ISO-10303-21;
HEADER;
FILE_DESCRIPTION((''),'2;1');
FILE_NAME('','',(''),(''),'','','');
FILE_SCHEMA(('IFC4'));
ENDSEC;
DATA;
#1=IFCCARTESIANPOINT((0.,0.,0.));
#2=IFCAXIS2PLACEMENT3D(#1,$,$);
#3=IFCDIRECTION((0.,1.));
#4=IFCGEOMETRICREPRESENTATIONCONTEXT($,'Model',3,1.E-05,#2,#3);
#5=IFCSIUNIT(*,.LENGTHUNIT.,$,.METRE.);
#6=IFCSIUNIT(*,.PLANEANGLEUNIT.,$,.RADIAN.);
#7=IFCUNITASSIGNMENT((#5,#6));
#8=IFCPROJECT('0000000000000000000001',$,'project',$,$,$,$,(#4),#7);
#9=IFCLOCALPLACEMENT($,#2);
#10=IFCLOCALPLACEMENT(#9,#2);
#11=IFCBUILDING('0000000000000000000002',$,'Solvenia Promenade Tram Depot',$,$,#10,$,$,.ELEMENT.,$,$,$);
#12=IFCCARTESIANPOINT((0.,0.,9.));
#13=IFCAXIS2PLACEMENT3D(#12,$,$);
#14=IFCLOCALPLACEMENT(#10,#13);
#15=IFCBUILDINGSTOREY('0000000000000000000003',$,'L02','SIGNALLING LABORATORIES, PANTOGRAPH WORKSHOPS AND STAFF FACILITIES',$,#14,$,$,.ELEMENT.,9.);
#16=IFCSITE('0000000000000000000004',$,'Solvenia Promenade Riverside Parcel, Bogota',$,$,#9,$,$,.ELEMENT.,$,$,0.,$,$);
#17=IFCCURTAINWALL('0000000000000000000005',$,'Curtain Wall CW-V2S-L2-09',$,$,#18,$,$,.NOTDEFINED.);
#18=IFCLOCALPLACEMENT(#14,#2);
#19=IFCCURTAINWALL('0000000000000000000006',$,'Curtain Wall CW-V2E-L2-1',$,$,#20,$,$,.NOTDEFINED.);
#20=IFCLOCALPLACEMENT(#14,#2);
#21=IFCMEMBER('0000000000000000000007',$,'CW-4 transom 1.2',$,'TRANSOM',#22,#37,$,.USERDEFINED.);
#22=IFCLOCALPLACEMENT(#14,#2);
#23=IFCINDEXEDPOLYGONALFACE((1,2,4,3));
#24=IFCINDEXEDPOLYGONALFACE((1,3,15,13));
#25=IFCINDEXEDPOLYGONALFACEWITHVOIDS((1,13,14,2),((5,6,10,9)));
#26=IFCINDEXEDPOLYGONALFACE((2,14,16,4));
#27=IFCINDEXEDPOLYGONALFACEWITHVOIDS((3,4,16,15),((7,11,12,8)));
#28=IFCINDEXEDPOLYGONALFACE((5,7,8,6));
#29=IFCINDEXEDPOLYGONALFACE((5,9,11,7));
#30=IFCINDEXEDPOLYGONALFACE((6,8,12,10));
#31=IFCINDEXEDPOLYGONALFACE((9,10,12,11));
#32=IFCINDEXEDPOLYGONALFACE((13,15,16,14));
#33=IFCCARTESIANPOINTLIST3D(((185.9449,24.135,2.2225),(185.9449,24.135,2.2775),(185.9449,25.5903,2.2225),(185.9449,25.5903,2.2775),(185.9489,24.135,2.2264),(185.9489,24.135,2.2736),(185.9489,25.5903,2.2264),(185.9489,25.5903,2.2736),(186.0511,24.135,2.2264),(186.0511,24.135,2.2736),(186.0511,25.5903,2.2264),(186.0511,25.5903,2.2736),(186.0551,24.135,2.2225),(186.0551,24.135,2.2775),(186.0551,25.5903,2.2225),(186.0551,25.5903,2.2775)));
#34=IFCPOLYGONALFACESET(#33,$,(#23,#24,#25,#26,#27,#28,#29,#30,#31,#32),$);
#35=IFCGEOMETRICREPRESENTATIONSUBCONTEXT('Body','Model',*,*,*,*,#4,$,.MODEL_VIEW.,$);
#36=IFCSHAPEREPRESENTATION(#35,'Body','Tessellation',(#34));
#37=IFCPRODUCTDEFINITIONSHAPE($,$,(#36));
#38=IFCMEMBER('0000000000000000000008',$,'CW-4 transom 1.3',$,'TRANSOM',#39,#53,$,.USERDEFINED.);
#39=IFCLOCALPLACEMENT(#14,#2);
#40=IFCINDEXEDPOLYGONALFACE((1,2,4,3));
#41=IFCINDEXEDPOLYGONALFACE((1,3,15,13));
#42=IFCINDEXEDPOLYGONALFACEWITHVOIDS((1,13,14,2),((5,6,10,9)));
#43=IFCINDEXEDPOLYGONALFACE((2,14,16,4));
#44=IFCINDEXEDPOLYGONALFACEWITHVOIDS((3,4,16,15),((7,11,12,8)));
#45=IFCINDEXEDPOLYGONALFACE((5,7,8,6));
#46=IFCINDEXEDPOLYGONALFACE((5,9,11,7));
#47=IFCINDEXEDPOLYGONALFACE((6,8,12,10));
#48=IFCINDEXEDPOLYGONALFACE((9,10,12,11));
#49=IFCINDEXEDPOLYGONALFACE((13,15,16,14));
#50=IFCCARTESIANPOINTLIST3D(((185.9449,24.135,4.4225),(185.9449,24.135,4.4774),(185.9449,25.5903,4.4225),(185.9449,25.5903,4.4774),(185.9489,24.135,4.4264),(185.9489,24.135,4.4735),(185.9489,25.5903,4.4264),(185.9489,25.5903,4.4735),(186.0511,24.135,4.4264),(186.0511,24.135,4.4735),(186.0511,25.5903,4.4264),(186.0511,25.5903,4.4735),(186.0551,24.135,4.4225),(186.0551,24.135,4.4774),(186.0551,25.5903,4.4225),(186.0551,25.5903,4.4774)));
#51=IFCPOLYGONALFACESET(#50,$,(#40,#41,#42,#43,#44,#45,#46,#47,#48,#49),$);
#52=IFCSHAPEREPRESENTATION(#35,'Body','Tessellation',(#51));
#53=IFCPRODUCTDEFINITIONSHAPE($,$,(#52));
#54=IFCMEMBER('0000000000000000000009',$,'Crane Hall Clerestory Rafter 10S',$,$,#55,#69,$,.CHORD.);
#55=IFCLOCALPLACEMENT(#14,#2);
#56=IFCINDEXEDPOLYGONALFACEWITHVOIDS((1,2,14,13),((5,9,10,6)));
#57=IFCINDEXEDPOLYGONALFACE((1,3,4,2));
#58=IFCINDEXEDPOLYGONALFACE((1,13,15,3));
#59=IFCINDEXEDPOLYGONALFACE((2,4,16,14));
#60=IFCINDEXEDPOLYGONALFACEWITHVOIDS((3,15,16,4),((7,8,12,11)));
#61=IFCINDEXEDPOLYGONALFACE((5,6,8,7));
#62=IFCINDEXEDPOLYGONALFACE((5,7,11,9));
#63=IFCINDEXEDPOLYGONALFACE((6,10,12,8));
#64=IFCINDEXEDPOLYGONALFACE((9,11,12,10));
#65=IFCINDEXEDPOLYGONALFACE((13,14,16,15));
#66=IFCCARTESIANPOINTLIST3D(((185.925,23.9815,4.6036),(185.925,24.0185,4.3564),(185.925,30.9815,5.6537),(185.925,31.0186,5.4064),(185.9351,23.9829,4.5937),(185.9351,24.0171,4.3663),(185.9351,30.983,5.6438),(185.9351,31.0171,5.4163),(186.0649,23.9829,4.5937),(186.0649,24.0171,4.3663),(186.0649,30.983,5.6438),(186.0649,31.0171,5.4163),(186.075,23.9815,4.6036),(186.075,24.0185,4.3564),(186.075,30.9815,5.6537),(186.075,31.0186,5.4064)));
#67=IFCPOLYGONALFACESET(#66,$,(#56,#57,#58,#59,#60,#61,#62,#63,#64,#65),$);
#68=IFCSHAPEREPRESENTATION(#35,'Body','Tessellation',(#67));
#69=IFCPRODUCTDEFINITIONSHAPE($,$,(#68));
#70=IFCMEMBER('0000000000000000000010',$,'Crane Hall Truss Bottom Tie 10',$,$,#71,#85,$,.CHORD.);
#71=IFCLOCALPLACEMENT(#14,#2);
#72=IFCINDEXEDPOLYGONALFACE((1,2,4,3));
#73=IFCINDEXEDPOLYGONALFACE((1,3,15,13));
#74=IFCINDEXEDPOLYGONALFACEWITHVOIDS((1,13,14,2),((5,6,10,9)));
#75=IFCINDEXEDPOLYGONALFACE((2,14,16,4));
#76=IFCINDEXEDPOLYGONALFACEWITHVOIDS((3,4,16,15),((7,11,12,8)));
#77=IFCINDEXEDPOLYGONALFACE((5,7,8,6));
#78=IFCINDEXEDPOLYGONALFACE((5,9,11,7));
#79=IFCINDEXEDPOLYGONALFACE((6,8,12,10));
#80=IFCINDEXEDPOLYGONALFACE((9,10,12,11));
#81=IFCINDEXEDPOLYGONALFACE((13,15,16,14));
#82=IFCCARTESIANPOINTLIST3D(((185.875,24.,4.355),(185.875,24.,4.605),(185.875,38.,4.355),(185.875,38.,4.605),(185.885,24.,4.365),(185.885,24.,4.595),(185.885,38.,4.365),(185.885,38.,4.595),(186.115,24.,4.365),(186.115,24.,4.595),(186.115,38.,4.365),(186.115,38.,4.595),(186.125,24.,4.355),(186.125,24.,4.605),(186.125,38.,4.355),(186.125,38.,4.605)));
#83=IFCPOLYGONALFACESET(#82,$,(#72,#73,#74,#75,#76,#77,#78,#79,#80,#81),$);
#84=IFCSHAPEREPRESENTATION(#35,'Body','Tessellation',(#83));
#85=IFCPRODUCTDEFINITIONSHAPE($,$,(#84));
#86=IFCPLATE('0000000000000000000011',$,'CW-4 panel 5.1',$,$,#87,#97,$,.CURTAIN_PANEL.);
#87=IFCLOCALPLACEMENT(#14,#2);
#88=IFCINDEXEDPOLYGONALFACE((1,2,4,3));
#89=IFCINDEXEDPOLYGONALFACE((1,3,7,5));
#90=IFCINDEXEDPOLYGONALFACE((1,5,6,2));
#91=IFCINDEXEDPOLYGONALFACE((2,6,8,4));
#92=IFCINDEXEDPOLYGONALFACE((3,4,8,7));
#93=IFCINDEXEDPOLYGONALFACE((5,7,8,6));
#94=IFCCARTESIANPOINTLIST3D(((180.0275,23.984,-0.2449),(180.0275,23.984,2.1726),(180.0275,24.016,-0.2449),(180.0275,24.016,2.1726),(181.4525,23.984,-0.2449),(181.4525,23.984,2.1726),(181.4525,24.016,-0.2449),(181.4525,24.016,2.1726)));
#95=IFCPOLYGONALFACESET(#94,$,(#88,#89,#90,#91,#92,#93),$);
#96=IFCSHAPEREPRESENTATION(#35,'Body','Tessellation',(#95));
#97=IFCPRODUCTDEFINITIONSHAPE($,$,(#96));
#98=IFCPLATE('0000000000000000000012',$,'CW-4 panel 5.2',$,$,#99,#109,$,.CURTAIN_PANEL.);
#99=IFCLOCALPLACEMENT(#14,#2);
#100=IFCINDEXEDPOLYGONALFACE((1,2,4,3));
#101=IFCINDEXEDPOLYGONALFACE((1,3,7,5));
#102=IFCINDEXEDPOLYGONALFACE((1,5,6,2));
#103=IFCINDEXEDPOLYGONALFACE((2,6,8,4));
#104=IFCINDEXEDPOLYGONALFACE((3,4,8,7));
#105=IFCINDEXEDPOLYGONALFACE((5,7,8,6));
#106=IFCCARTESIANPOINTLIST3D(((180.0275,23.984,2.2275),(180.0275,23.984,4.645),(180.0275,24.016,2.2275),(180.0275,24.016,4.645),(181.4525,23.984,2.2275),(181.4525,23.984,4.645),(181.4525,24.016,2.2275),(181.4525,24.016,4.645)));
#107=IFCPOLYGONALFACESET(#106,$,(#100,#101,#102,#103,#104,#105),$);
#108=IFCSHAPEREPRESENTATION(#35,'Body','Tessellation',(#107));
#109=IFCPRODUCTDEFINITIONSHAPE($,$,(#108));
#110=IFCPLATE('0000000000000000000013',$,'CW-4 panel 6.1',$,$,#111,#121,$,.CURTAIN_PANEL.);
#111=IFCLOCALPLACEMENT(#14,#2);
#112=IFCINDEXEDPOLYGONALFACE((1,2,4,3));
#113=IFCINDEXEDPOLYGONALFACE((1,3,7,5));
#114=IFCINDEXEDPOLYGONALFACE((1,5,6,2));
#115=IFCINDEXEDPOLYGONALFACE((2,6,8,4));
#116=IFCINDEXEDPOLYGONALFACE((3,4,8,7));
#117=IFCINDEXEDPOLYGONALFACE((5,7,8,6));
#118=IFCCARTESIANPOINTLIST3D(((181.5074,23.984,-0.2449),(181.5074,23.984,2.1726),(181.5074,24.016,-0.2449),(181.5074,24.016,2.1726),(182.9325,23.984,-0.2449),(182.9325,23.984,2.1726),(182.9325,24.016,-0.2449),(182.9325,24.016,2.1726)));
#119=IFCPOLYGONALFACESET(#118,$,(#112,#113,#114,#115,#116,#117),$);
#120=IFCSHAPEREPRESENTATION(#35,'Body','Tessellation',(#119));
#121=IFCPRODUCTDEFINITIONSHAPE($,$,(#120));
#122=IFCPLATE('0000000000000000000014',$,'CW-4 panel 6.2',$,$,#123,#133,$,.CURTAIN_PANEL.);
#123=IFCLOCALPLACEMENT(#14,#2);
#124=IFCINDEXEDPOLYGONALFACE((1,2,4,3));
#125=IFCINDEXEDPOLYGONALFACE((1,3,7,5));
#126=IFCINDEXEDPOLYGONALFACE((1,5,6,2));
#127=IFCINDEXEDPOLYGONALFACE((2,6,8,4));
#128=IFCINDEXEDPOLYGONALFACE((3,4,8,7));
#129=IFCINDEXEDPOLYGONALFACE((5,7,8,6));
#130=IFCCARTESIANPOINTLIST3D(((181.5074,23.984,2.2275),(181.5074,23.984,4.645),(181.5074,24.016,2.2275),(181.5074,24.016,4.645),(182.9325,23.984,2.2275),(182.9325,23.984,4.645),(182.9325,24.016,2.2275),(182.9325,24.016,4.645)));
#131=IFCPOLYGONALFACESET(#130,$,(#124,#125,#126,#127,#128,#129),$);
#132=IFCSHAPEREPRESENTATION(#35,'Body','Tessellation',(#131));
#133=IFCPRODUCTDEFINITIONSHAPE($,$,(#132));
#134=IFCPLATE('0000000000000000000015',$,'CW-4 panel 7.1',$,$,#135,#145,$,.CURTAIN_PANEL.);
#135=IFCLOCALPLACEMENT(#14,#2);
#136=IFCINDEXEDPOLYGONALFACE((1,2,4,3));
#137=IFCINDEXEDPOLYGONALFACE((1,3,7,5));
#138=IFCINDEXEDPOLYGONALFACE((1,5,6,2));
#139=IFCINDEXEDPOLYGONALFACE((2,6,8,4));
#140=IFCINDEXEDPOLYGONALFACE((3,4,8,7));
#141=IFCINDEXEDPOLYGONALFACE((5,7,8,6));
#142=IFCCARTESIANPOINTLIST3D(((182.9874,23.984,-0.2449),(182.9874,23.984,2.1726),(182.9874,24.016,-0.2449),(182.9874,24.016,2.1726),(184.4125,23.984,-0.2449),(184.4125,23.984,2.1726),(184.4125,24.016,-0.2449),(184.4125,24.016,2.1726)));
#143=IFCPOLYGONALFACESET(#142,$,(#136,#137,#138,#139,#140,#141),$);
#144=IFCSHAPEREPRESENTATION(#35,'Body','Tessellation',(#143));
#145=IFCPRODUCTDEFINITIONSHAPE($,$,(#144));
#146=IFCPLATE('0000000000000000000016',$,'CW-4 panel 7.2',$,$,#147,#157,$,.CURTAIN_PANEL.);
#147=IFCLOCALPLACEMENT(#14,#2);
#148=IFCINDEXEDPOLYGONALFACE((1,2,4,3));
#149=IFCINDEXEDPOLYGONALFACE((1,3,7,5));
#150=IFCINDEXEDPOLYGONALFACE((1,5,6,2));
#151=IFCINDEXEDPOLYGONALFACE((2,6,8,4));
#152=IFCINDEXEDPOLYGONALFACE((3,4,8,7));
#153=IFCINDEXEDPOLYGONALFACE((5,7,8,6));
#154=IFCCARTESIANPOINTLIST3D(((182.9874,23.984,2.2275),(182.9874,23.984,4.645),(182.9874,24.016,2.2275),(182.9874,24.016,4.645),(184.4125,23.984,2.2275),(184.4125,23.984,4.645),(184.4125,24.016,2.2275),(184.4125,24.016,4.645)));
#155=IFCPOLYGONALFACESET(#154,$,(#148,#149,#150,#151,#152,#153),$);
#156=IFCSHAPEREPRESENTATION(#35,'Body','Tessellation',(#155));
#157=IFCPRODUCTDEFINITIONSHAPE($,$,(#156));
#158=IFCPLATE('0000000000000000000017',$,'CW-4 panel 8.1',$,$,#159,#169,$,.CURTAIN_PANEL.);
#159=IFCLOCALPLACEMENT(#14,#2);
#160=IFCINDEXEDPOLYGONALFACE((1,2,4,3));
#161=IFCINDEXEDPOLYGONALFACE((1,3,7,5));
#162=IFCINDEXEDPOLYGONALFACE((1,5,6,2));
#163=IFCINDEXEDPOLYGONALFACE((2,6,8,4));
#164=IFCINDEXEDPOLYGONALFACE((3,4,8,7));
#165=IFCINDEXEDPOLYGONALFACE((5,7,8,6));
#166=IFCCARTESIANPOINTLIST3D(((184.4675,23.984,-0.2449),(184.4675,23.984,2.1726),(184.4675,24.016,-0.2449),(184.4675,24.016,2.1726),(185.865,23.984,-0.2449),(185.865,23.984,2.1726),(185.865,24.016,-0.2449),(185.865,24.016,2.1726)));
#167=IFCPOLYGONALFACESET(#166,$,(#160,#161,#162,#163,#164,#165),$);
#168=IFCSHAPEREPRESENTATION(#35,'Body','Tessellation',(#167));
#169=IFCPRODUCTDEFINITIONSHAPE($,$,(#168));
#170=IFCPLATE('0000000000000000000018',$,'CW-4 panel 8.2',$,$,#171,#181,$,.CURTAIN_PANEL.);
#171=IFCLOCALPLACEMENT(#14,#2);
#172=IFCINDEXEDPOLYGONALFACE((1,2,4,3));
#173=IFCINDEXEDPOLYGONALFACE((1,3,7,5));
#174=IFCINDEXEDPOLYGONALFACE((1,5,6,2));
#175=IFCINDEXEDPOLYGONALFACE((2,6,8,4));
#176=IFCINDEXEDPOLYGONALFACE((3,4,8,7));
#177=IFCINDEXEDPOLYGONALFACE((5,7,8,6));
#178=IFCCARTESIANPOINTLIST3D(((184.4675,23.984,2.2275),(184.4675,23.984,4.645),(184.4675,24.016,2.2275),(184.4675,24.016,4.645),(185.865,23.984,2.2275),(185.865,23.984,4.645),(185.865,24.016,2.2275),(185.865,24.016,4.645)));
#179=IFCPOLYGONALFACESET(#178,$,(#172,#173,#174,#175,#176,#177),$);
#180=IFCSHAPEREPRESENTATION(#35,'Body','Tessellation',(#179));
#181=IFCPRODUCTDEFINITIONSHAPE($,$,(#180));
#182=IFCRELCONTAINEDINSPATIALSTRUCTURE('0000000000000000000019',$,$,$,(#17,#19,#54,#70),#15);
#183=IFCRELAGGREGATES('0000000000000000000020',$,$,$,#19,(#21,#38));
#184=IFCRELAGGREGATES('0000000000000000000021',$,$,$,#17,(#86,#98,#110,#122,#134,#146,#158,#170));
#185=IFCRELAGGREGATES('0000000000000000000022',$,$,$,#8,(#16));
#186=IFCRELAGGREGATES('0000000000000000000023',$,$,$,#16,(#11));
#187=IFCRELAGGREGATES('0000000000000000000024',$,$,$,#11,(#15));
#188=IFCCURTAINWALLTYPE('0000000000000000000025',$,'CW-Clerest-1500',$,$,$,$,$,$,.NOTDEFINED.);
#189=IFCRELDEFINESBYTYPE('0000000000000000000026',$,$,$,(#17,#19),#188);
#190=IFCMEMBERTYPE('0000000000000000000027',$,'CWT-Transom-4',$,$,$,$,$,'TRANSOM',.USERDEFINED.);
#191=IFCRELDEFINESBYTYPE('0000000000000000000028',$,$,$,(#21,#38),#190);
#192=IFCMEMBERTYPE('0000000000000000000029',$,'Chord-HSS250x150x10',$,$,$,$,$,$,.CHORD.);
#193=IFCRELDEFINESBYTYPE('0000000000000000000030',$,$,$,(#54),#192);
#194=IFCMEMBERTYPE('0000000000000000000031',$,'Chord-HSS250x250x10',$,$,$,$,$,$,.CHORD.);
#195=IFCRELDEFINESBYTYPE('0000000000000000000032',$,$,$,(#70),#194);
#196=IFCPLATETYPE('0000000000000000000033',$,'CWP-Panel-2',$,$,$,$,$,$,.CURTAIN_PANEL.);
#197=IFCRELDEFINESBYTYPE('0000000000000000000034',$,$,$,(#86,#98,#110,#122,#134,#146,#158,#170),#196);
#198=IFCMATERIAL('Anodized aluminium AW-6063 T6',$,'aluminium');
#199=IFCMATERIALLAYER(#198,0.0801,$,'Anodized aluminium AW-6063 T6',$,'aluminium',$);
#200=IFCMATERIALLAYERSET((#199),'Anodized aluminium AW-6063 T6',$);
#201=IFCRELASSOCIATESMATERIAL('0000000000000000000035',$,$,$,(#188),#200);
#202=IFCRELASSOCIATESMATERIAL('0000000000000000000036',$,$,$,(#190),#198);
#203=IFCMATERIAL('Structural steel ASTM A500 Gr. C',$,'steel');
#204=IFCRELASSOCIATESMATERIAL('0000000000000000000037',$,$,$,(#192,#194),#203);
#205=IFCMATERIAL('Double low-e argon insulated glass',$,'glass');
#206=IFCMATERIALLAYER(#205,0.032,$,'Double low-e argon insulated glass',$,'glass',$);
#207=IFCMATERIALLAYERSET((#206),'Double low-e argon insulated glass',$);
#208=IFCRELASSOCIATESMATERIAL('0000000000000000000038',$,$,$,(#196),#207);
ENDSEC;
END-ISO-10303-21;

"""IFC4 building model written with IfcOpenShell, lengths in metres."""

from ifc_helpers import new_model, si_unit, direction, frame, origin, origin_2d, place, context, subcontext, project, spatial, rectangle, hollow_rectangle, extrude, material, layer, layer_set, material_profile, profile_set, type_object, element, aggregate, save


model = new_model("IFC4")

# Units and contexts
model_context = context("Model", 3, precision=1e-05, world=origin(), true_north=direction((0.0, 1.0)))
body_context = subcontext(model_context, "Body", "Model", "MODEL_VIEW")
ifc_project = project(units=[si_unit("LENGTHUNIT", "METRE"), si_unit("PLANEANGLEUNIT", "RADIAN")], contexts=[model_context])

# Site, building, storey
site_placement = place(None, origin())
site = spatial("IfcSite", under=ifc_project, at=site_placement, Name="Solvenia Promenade Riverside Parcel, Bogota", CompositionType="ELEMENT", RefElevation=0.0)
building_placement = place(site_placement, origin())
building = spatial("IfcBuilding", under=site, at=building_placement, Name="Solvenia Promenade Tram Depot", CompositionType="ELEMENT")
storey_placement = place(building_placement, frame((0.0, 0.0, 9.0)))
storey = spatial("IfcBuildingStorey", under=building, at=storey_placement, Name="L02", Description="SIGNALLING LABORATORIES, PANTOGRAPH WORKSHOPS AND STAFF FACILITIES", CompositionType="ELEMENT", Elevation=9.0)

# Curtain wall
ifc_material_1 = material(Name="Anodized aluminium AW-6063 T6", Category="aluminium")
ifc_layer_1 = layer(ifc_material_1, 0.0801, Name="Anodized aluminium AW-6063 T6", Category="aluminium")
ifc_layer_set_1 = layer_set([ifc_layer_1], Name="Anodized aluminium AW-6063 T6")
curtain_wall_type = type_object("IfcCurtainWallType", Name="CW-Clerest-1500", PredefinedType="NOTDEFINED", material=ifc_layer_set_1)
curtain_wall_1_placement = place(storey_placement, origin())
curtain_wall_1 = element("IfcCurtainWall", 1, at=curtain_wall_1_placement, inside=storey, type_object=curtain_wall_type, Name="Curtain Wall CW-V2S-L2-09", PredefinedType="NOTDEFINED")

# Curtain wall
curtain_wall_2_placement = place(storey_placement, origin())
curtain_wall_2 = element("IfcCurtainWall", 2, at=curtain_wall_2_placement, inside=storey, type_object=curtain_wall_type, Name="Curtain Wall CW-V2E-L2-1", PredefinedType="NOTDEFINED")

# Members
ifc_material_profile_1 = material_profile(ifc_material_1, hollow_rectangle(XDim=0.1101, YDim=0.0549, WallThickness=0.0039, at=origin_2d()), Name="ALU-T4", Category="aluminium")
ifc_profile_set_1 = profile_set([ifc_material_profile_1], Name="Anodized aluminium AW-6063 T6")
member_type_1 = type_object("IfcMemberType", Name="CWT-Transom-4", ElementType="TRANSOM", PredefinedType="USERDEFINED", material=ifc_profile_set_1)
member_1_placement = place(storey_placement, frame((186.0, 24.135, 2.25), z_axis=(0.0, 1.0, 0.0), x_axis=(-1.0, 0.0, 0.0)))
member_1 = element("IfcMember", 3, at=member_1_placement, type_object=member_type_1, Name="CW-4 transom 1.2", ObjectType="TRANSOM", PredefinedType="USERDEFINED", context=body_context, shape_type="SweptSolid", body=[
    extrude(hollow_rectangle(XDim=0.1101, YDim=0.0549, WallThickness=0.0039, at=origin_2d()), origin(), (0.0, 0.0, 1.0), 1.4553),
])
member_2_placement = place(storey_placement, frame((186.0, 24.135, 4.45), z_axis=(0.0, 1.0, 0.0), x_axis=(-1.0, 0.0, 0.0)))
member_2 = element("IfcMember", 4, at=member_2_placement, type_object=member_type_1, Name="CW-4 transom 1.3", ObjectType="TRANSOM", PredefinedType="USERDEFINED", context=body_context, shape_type="SweptSolid", body=[
    extrude(hollow_rectangle(XDim=0.1101, YDim=0.0549, WallThickness=0.0039, at=origin_2d()), origin(), (0.0, 0.0, 1.0), 1.4553),
])
aggregate(curtain_wall_2, [member_1, member_2])

# Members
ifc_material_2 = material(Name="Structural steel ASTM A500 Gr. C", Category="steel")
ifc_material_profile_2 = material_profile(ifc_material_2, hollow_rectangle(XDim=0.1499, YDim=0.25, WallThickness=0.01, at=origin_2d()), Name="HSS250x150x10", Category="steel")
ifc_profile_set_2 = profile_set([ifc_material_profile_2], Name="Structural steel ASTM A500 Gr. C")
member_type_2 = type_object("IfcMemberType", Name="Chord-HSS250x150x10", PredefinedType="CHORD", material=ifc_profile_set_2)
member_3_placement = place(storey_placement, frame((186.0, 24.0, 4.48), z_axis=(0.0, 0.988935, 0.148347), x_axis=(-1.0, 0.0, 0.0)))
element("IfcMember", 5, at=member_3_placement, inside=storey, type_object=member_type_2, Name="Crane Hall Clerestory Rafter 10S", PredefinedType="CHORD", context=body_context, shape_type="SweptSolid", body=[
    extrude(hollow_rectangle(XDim=0.1499, YDim=0.25, WallThickness=0.01, at=origin_2d()), origin(), (0.0, 0.0, 1.0), 7.0784),
])
ifc_material_profile_3 = material_profile(ifc_material_2, hollow_rectangle(XDim=0.25, YDim=0.25, WallThickness=0.01, at=origin_2d()), Name="HSS250x250x10", Category="steel")
ifc_profile_set_3 = profile_set([ifc_material_profile_3], Name="Structural steel ASTM A500 Gr. C")
member_type_3 = type_object("IfcMemberType", Name="Chord-HSS250x250x10", PredefinedType="CHORD", material=ifc_profile_set_3)
member_4_placement = place(storey_placement, frame((186.0, 24.0, 4.48), z_axis=(0.0, 1.0, 0.0), x_axis=(-1.0, 0.0, 0.0)))
element("IfcMember", 6, at=member_4_placement, inside=storey, type_object=member_type_3, Name="Crane Hall Truss Bottom Tie 10", PredefinedType="CHORD", context=body_context, shape_type="SweptSolid", body=[
    extrude(hollow_rectangle(XDim=0.25, YDim=0.25, WallThickness=0.01, at=origin_2d()), origin(), (0.0, 0.0, 1.0), 14.0),
])

# Plates
ifc_material_3 = material(Name="Double low-e argon insulated glass", Category="glass")
ifc_layer_2 = layer(ifc_material_3, 0.032, Name="Double low-e argon insulated glass", Category="glass")
ifc_layer_set_2 = layer_set([ifc_layer_2], Name="Double low-e argon insulated glass")
plate_type = type_object("IfcPlateType", Name="CWP-Panel-2", PredefinedType="CURTAIN_PANEL", material=ifc_layer_set_2)
plate_1_placement = place(storey_placement, frame((180.74, 24.0, -0.2449), z_axis=(0.0, 0.0, 1.0), x_axis=(1.0, 0.0, 0.0)))
plate_1 = element("IfcPlate", 7, at=plate_1_placement, type_object=plate_type, Name="CW-4 panel 5.1", PredefinedType="CURTAIN_PANEL", context=body_context, shape_type="SweptSolid", body=[
    extrude(rectangle(XDim=1.425, YDim=0.032, at=origin_2d()), origin(), (0.0, 0.0, 1.0), 2.4175),
])
plate_2_placement = place(storey_placement, frame((180.74, 24.0, 2.2275), z_axis=(0.0, 0.0, 1.0), x_axis=(1.0, 0.0, 0.0)))
plate_2 = element("IfcPlate", 8, at=plate_2_placement, type_object=plate_type, Name="CW-4 panel 5.2", PredefinedType="CURTAIN_PANEL", context=body_context, shape_type="SweptSolid", body=[
    extrude(rectangle(XDim=1.425, YDim=0.032, at=origin_2d()), origin(), (0.0, 0.0, 1.0), 2.4175),
])
plate_3_placement = place(storey_placement, frame((182.22, 24.0, -0.2449), z_axis=(0.0, 0.0, 1.0), x_axis=(1.0, 0.0, 0.0)))
plate_3 = element("IfcPlate", 9, at=plate_3_placement, type_object=plate_type, Name="CW-4 panel 6.1", PredefinedType="CURTAIN_PANEL", context=body_context, shape_type="SweptSolid", body=[
    extrude(rectangle(XDim=1.425, YDim=0.032, at=origin_2d()), origin(), (0.0, 0.0, 1.0), 2.4175),
])
plate_4_placement = place(storey_placement, frame((182.22, 24.0, 2.2275), z_axis=(0.0, 0.0, 1.0), x_axis=(1.0, 0.0, 0.0)))
plate_4 = element("IfcPlate", 10, at=plate_4_placement, type_object=plate_type, Name="CW-4 panel 6.2", PredefinedType="CURTAIN_PANEL", context=body_context, shape_type="SweptSolid", body=[
    extrude(rectangle(XDim=1.425, YDim=0.032, at=origin_2d()), origin(), (0.0, 0.0, 1.0), 2.4175),
])
plate_5_placement = place(storey_placement, frame((183.7, 24.0, -0.2449), z_axis=(0.0, 0.0, 1.0), x_axis=(1.0, 0.0, 0.0)))
plate_5 = element("IfcPlate", 11, at=plate_5_placement, type_object=plate_type, Name="CW-4 panel 7.1", PredefinedType="CURTAIN_PANEL", context=body_context, shape_type="SweptSolid", body=[
    extrude(rectangle(XDim=1.425, YDim=0.032, at=origin_2d()), origin(), (0.0, 0.0, 1.0), 2.4175),
])
plate_6_placement = place(storey_placement, frame((183.7, 24.0, 2.2275), z_axis=(0.0, 0.0, 1.0), x_axis=(1.0, 0.0, 0.0)))
plate_6 = element("IfcPlate", 12, at=plate_6_placement, type_object=plate_type, Name="CW-4 panel 7.2", PredefinedType="CURTAIN_PANEL", context=body_context, shape_type="SweptSolid", body=[
    extrude(rectangle(XDim=1.425, YDim=0.032, at=origin_2d()), origin(), (0.0, 0.0, 1.0), 2.4175),
])
plate_7_placement = place(storey_placement, frame((185.1663, 24.0, -0.2449), z_axis=(0.0, 0.0, 1.0), x_axis=(1.0, 0.0, 0.0)))
plate_7 = element("IfcPlate", 13, at=plate_7_placement, type_object=plate_type, Name="CW-4 panel 8.1", PredefinedType="CURTAIN_PANEL", context=body_context, shape_type="SweptSolid", body=[
    extrude(rectangle(XDim=1.3975, YDim=0.032, at=origin_2d()), origin(), (0.0, 0.0, 1.0), 2.4175),
])
plate_8_placement = place(storey_placement, frame((185.1663, 24.0, 2.2275), z_axis=(0.0, 0.0, 1.0), x_axis=(1.0, 0.0, 0.0)))
plate_8 = element("IfcPlate", 14, at=plate_8_placement, type_object=plate_type, Name="CW-4 panel 8.2", PredefinedType="CURTAIN_PANEL", context=body_context, shape_type="SweptSolid", body=[
    extrude(rectangle(XDim=1.3975, YDim=0.032, at=origin_2d()), origin(), (0.0, 0.0, 1.0), 2.4175),
])
aggregate(curtain_wall_1, [plate_1, plate_2, plate_3, plate_4, plate_5, plate_6, plate_7, plate_8])

save(model, "model.ifc")
